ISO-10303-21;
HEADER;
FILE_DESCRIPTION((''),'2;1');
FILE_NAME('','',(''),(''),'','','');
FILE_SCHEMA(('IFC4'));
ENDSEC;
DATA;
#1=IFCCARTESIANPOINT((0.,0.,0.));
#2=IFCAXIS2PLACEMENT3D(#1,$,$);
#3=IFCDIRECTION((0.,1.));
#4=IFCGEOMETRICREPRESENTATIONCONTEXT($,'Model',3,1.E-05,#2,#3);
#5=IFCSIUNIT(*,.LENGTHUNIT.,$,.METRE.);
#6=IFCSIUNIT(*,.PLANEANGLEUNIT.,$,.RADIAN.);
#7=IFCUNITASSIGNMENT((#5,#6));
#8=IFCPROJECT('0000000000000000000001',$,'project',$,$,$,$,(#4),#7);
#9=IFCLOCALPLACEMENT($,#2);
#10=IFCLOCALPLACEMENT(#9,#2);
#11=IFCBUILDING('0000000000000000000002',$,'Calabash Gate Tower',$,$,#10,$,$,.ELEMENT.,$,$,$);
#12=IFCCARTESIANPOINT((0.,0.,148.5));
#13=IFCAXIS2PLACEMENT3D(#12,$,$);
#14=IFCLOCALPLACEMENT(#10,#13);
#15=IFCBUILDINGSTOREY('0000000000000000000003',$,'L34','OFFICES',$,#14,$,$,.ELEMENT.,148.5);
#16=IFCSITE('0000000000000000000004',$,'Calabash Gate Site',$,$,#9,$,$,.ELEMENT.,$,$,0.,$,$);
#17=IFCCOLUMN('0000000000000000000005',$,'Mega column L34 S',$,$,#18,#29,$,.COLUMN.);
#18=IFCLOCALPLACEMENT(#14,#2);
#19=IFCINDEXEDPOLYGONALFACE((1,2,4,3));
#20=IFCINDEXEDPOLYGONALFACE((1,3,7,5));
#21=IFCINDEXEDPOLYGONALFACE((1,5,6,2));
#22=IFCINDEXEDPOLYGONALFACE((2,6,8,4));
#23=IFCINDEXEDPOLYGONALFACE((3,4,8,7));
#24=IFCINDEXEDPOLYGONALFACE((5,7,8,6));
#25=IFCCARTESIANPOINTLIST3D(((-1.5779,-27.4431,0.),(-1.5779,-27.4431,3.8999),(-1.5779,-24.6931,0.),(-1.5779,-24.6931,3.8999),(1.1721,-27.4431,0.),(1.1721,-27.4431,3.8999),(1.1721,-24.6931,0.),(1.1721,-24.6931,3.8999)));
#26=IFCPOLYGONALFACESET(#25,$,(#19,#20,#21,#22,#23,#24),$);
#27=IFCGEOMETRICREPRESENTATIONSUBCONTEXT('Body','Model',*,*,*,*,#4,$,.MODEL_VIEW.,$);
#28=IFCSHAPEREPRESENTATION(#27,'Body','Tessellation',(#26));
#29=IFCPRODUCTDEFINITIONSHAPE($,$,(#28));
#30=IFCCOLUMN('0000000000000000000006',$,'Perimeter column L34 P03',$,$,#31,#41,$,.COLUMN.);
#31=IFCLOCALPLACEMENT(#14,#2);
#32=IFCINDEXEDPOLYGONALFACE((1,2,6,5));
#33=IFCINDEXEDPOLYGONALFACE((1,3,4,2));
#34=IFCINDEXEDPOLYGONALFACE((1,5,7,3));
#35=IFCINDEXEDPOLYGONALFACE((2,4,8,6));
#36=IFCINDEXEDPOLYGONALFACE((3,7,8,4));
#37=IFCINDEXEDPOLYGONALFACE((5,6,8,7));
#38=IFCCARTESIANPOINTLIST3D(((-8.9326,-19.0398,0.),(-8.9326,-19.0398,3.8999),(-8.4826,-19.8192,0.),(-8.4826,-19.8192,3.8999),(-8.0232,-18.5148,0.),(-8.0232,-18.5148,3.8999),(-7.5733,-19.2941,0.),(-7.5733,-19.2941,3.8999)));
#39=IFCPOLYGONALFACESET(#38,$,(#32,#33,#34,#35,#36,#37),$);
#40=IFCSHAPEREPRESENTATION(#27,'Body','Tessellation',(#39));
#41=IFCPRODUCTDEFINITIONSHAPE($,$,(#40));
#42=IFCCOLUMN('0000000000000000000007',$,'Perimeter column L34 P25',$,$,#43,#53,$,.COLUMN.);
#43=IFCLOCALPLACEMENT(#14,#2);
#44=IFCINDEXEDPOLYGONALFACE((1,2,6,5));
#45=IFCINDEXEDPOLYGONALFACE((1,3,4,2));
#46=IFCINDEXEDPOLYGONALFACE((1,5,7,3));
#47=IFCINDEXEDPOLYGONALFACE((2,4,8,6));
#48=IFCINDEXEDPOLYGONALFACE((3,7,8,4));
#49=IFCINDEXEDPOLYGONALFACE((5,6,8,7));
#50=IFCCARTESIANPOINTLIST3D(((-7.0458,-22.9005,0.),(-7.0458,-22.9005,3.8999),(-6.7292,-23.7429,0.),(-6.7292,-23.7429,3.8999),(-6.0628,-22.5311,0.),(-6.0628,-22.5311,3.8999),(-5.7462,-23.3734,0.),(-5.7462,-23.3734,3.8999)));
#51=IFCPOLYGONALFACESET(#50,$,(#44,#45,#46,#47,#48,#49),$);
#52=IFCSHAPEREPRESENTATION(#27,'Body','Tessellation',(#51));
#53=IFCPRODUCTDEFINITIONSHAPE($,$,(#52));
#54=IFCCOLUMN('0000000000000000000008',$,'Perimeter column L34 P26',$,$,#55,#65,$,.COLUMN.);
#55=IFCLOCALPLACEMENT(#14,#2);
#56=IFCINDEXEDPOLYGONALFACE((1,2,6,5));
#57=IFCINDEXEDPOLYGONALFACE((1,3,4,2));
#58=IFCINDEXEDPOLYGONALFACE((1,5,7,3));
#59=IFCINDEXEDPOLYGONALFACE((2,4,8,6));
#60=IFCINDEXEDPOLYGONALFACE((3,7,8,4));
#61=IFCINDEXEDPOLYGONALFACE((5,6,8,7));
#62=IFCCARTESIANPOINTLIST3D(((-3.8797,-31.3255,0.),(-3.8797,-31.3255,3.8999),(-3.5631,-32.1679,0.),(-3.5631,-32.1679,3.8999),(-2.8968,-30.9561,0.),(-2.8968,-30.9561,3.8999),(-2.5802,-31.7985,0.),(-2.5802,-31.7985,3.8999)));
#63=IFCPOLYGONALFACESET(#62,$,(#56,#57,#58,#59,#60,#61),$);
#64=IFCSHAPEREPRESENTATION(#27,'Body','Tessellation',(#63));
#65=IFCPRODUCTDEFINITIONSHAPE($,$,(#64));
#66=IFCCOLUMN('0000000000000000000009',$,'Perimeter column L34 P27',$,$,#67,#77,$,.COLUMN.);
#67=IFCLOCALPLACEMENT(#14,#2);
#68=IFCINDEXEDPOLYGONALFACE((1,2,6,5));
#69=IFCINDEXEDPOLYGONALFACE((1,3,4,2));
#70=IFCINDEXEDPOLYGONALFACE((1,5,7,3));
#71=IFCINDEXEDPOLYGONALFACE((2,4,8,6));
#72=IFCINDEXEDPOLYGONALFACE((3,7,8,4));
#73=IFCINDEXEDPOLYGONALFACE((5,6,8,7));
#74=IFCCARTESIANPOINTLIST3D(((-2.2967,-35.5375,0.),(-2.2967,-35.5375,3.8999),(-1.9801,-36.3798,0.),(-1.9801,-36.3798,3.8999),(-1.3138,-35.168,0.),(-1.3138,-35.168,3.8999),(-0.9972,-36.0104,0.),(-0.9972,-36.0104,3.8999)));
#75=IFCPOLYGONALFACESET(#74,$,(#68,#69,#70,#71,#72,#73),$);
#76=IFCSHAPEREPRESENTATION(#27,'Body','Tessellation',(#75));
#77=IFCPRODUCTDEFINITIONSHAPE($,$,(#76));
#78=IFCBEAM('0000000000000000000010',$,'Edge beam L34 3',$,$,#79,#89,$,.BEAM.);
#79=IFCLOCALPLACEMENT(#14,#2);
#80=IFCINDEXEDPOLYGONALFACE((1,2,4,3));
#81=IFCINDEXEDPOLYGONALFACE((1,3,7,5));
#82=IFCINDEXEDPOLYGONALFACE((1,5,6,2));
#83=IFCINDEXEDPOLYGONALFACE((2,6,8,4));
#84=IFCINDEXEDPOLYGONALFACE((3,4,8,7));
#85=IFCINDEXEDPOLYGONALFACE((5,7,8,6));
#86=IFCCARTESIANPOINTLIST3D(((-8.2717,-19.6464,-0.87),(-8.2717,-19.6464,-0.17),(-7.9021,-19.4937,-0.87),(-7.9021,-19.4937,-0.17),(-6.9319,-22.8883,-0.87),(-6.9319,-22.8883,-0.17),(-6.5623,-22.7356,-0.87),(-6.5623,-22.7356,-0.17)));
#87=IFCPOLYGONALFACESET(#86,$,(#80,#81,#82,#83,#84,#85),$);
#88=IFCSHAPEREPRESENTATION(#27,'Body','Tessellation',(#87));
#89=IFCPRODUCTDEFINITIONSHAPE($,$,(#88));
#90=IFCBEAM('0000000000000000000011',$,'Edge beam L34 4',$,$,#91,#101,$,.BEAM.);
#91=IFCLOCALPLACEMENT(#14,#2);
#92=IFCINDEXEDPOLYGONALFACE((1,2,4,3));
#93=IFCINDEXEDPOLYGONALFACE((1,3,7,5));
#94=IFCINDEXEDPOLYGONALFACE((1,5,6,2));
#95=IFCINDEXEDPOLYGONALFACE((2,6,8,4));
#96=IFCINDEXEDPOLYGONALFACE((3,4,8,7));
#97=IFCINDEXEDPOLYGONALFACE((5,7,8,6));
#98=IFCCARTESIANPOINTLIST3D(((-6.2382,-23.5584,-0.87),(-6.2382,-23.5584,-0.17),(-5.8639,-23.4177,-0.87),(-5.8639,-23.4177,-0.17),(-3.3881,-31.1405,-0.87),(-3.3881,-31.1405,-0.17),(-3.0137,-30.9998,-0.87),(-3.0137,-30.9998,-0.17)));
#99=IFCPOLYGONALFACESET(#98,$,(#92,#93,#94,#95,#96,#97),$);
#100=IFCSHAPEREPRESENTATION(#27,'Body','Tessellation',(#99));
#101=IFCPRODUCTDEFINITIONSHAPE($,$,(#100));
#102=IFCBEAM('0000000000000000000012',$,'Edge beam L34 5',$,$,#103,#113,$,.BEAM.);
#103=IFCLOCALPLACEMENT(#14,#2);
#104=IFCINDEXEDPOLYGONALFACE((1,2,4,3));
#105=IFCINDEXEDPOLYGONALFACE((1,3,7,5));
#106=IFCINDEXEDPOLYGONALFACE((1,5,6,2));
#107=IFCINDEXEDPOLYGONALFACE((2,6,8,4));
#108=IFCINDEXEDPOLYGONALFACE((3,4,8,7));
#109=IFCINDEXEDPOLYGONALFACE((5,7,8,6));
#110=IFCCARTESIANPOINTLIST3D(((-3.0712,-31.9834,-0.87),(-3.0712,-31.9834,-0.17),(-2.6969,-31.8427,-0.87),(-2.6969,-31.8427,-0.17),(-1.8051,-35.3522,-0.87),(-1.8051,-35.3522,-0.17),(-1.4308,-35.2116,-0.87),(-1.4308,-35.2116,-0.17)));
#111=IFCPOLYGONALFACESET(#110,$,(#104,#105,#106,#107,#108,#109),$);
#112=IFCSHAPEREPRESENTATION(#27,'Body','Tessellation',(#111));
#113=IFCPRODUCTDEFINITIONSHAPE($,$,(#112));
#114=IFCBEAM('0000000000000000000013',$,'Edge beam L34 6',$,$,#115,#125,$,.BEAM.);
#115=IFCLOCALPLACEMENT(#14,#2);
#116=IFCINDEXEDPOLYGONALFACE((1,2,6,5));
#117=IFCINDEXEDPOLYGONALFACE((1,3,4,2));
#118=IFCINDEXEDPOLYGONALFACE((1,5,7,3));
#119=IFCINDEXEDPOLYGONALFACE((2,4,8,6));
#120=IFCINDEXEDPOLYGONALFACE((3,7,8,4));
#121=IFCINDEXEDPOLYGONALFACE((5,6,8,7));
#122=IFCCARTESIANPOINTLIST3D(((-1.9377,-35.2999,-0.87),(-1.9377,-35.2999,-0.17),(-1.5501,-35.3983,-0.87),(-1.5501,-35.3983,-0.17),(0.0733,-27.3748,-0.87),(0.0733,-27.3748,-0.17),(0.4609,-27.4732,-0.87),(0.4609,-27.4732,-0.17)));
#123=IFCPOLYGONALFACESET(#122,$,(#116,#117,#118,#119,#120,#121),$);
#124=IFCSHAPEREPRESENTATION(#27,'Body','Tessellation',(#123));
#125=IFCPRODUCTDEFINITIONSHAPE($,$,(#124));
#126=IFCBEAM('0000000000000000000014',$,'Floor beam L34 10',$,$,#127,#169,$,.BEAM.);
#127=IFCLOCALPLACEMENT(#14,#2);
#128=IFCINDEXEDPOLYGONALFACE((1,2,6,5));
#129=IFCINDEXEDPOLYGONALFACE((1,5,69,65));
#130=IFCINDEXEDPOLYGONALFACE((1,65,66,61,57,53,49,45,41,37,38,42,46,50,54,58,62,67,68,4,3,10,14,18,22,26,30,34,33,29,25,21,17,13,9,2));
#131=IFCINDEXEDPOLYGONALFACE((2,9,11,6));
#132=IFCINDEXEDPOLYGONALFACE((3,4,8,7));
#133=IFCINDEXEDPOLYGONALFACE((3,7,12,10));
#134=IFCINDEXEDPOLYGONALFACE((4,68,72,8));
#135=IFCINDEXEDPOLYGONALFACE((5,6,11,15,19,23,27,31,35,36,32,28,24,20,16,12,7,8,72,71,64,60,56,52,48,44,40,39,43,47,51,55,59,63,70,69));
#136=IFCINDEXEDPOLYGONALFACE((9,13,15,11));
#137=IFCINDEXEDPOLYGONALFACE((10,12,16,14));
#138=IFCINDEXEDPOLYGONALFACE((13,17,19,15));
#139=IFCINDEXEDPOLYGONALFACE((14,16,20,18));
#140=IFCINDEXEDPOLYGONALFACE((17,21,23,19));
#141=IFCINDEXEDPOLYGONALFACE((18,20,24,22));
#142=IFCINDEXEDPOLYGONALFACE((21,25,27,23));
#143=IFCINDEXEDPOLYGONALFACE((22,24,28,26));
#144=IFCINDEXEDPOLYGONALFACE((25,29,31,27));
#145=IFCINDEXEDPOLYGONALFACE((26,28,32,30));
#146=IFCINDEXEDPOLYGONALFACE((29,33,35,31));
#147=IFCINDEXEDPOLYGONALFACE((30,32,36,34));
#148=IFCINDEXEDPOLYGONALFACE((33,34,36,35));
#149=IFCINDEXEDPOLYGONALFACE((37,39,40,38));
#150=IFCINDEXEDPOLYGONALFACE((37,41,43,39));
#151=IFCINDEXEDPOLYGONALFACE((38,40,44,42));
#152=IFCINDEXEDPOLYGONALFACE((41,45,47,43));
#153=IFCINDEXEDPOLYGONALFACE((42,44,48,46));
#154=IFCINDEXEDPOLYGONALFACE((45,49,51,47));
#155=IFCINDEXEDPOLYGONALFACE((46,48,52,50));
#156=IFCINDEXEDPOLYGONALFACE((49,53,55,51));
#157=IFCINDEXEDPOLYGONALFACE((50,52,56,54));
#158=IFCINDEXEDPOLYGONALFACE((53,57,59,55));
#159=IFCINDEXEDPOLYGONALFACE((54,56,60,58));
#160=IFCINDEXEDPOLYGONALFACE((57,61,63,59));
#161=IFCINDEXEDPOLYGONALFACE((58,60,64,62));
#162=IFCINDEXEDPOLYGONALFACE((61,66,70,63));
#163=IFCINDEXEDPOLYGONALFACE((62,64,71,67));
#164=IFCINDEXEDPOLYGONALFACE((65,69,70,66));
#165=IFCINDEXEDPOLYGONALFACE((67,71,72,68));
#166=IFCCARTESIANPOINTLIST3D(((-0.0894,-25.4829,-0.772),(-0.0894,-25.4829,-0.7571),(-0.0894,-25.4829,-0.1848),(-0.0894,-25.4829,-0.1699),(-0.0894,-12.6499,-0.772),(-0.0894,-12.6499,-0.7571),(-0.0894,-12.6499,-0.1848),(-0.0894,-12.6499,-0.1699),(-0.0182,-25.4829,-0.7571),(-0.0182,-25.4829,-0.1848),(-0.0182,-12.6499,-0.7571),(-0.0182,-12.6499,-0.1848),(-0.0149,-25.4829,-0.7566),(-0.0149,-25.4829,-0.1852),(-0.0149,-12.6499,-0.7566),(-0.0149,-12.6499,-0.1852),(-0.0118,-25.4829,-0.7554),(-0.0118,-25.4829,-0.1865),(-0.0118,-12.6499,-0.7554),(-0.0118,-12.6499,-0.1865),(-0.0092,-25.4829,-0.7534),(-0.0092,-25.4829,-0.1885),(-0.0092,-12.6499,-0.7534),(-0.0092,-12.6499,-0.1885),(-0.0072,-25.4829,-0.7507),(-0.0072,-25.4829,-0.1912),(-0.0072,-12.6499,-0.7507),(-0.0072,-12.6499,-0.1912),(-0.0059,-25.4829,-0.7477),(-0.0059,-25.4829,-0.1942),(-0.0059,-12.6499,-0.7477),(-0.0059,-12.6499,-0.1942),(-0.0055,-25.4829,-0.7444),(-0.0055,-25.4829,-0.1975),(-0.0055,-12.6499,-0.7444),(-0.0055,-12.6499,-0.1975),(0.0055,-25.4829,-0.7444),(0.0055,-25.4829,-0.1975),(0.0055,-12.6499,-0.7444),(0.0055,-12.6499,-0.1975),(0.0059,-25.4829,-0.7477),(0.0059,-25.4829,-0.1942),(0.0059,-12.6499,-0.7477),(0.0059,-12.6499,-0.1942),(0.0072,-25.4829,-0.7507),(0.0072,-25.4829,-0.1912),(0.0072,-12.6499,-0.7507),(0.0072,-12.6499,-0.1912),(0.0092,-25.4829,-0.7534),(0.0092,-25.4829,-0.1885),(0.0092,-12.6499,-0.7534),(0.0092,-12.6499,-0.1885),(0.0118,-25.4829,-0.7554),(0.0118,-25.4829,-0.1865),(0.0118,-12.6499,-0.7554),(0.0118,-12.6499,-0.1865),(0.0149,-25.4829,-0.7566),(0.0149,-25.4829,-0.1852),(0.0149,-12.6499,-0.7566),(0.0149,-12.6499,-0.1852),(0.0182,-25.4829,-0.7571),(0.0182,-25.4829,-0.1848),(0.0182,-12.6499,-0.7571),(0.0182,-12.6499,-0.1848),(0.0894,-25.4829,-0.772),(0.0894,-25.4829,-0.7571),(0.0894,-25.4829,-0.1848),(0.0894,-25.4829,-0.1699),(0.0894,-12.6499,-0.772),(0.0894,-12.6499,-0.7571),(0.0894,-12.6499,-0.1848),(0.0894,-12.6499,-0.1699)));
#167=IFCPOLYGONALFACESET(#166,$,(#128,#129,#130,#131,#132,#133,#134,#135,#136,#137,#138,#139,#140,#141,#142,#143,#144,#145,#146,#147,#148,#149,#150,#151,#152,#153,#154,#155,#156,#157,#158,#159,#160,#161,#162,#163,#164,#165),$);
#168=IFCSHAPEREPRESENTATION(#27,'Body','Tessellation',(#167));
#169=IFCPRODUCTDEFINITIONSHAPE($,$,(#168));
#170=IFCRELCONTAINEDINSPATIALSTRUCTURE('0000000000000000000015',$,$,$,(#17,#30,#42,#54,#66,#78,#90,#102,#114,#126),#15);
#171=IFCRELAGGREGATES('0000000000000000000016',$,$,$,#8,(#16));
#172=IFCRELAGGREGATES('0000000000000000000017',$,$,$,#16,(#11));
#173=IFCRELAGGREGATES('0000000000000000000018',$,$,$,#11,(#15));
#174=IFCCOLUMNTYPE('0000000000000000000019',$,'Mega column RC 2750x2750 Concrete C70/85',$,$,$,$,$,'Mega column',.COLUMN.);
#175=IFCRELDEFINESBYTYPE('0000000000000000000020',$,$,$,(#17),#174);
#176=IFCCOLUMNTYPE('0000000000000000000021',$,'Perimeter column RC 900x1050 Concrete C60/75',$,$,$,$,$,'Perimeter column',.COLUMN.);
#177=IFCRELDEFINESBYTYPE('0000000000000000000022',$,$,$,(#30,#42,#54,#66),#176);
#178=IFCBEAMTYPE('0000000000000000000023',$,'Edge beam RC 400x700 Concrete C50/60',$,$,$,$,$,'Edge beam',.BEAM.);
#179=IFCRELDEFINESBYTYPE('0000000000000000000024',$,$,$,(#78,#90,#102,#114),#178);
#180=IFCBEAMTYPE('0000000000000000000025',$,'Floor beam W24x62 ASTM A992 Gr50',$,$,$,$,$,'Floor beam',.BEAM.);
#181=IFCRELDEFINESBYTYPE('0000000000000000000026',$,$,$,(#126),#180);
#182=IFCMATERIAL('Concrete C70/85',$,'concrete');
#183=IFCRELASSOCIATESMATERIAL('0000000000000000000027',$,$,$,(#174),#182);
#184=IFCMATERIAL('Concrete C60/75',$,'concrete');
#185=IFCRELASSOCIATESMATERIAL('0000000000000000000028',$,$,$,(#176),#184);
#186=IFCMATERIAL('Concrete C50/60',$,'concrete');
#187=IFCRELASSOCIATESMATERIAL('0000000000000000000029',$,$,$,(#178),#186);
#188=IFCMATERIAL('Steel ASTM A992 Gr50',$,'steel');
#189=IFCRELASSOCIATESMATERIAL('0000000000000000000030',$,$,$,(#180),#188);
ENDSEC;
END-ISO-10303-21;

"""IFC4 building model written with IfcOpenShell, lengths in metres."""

from ifc_helpers import new_model, si_unit, direction, frame, origin, origin_2d, place, context, subcontext, project, spatial, rectangle, i_section, extrude, material, material_profile, profile_set, type_object, element, save


model = new_model("IFC4")

# Units and contexts
model_context = context("Model", 3, precision=1e-05, world=origin(), true_north=direction((0.0, 1.0)))
body_context = subcontext(model_context, "Body", "Model", "MODEL_VIEW")
ifc_project = project(units=[si_unit("LENGTHUNIT", "METRE"), si_unit("PLANEANGLEUNIT", "RADIAN")], contexts=[model_context])

# Site, building, storey
site_placement = place(None, origin())
site = spatial("IfcSite", under=ifc_project, at=site_placement, Name="Calabash Gate Site", CompositionType="ELEMENT", RefElevation=0.0)
building_placement = place(site_placement, origin())
building = spatial("IfcBuilding", under=site, at=building_placement, Name="Calabash Gate Tower", CompositionType="ELEMENT")
storey_placement = place(building_placement, frame((0.0, 0.0, 148.5)))
storey = spatial("IfcBuildingStorey", under=building, at=storey_placement, Name="L34", Description="OFFICES", CompositionType="ELEMENT", Elevation=148.5)

# Columns
ifc_material_1 = material(Name="Concrete C70/85", Category="concrete")
ifc_material_profile_1 = material_profile(ifc_material_1, rectangle(XDim=2.75, YDim=2.75, at=origin_2d()))
ifc_profile_set_1 = profile_set([ifc_material_profile_1], Name="Concrete C70/85")
column_type_1 = type_object("IfcColumnType", Name="Mega column RC 2750x2750 Concrete C70/85", ElementType="Mega column", PredefinedType="COLUMN", material=ifc_profile_set_1)
column_placement = place(storey_placement, frame((-0.2029, -26.0681, 0.0), z_axis=(0.0, 0.0, 1.0), x_axis=(0.0, 1.0, 0.0)))
element("IfcColumn", 1, at=column_placement, inside=storey, type_object=column_type_1, Name="Mega column L34 S", PredefinedType="COLUMN", context=body_context, shape_type="SweptSolid", body=[
    extrude(rectangle(XDim=2.75, YDim=2.75, at=origin_2d()), origin(), (0.0, 0.0, 1.0), 3.8999),
])
ifc_material_2 = material(Name="Concrete C60/75", Category="concrete")
ifc_material_profile_2 = material_profile(ifc_material_2, rectangle(XDim=0.8999, YDim=1.05, at=origin_2d()))
ifc_profile_set_2 = profile_set([ifc_material_profile_2], Name="Concrete C60/75")
column_type_2 = type_object("IfcColumnType", Name="Perimeter column RC 900x1050 Concrete C60/75", ElementType="Perimeter column", PredefinedType="COLUMN", material=ifc_profile_set_2)
for number, where, z_axis, x_axis, name in (
    (2, (-8.2529, -19.167, 0.0), (0.0, 0.0, 1.0), (0.5, -0.866025, 0.0), "Perimeter column L34 P03"),
    (3, (-6.396, -23.137, 0.0), (0.0, 0.0, 1.0), (0.351822, -0.936067, 0.0), "Perimeter column L34 P25"),
    (4, (-3.23, -31.562, 0.0), (0.0, 0.0, 1.0), (0.351822, -0.936067, 0.0), "Perimeter column L34 P26"),
    (5, (-1.647, -35.7739, 0.0), (0.0, 0.0, 1.0), (0.351822, -0.936067, 0.0), "Perimeter column L34 P27"),
):
    element("IfcColumn", number, at=place(storey_placement, frame(where, z_axis=z_axis, x_axis=x_axis)), inside=storey, type_object=column_type_2, Name=name, PredefinedType="COLUMN", context=body_context, shape_type="SweptSolid", body=[
        extrude(rectangle(XDim=0.8999, YDim=1.05, at=origin_2d()), origin(), (0.0, 0.0, 1.0), 3.8999),
    ])

# Beams
ifc_material_3 = material(Name="Concrete C50/60", Category="concrete")
ifc_material_profile_3 = material_profile(ifc_material_3, rectangle(XDim=0.3999, YDim=0.7, at=origin_2d()))
ifc_profile_set_3 = profile_set([ifc_material_profile_3], Name="Concrete C50/60")
beam_type_1 = type_object("IfcBeamType", Name="Edge beam RC 400x700 Concrete C50/60", ElementType="Edge beam", PredefinedType="BEAM", material=ifc_profile_set_3)
beam_1_placement = place(storey_placement, frame((-8.0869, -19.5701, -0.52), z_axis=(0.38195, -0.924183, 0.0), x_axis=(0.924183, 0.38195, 0.0)))
element("IfcBeam", 6, at=beam_1_placement, inside=storey, type_object=beam_type_1, Name="Edge beam L34 3", PredefinedType="BEAM", context=body_context, shape_type="SweptSolid", body=[
    extrude(rectangle(XDim=0.3999, YDim=0.7, at=origin_2d()), origin(), (0.0, 0.0, 1.0), 3.5078),
])
beam_2_placement = place(storey_placement, frame((-6.051, -23.488, -0.52), z_axis=(0.351863, -0.936051, 0.0), x_axis=(0.936051, 0.351863, 0.0)))
element("IfcBeam", 7, at=beam_2_placement, inside=storey, type_object=beam_type_1, Name="Edge beam L34 4", PredefinedType="BEAM", context=body_context, shape_type="SweptSolid", body=[
    extrude(rectangle(XDim=0.3999, YDim=0.7, at=origin_2d()), origin(), (0.0, 0.0, 1.0), 8.1001),
])
beam_3_placement = place(storey_placement, frame((-2.884, -31.9131, -0.52), z_axis=(0.3518, -0.936075, 0.0), x_axis=(0.936075, 0.3518, 0.0)))
element("IfcBeam", 8, at=beam_3_placement, inside=storey, type_object=beam_type_1, Name="Edge beam L34 5", PredefinedType="BEAM", context=body_context, shape_type="SweptSolid", body=[
    extrude(rectangle(XDim=0.3999, YDim=0.7, at=origin_2d()), origin(), (0.0, 0.0, 1.0), 3.5989),
])
beam_4_placement = place(storey_placement, frame((-1.7439, -35.3491, -0.52), z_axis=(0.245956, 0.969281, 0.0), x_axis=(-0.969281, 0.245956, 0.0)))
element("IfcBeam", 9, at=beam_4_placement, inside=storey, type_object=beam_type_1, Name="Edge beam L34 6", PredefinedType="BEAM", context=body_context, shape_type="SweptSolid", body=[
    extrude(rectangle(XDim=0.3999, YDim=0.7, at=origin_2d()), origin(), (0.0, 0.0, 1.0), 8.1763),
])
ifc_material_4 = material(Name="Steel ASTM A992 Gr50", Category="steel")
ifc_material_profile_4 = material_profile(ifc_material_4, i_section(OverallWidth=0.1787, OverallDepth=0.6021, WebThickness=0.011, FlangeThickness=0.0149, FilletRadius=0.0127, at=origin_2d()))
ifc_profile_set_4 = profile_set([ifc_material_profile_4], Name="Steel ASTM A992 Gr50")
beam_type_2 = type_object("IfcBeamType", Name="Floor beam W24x62 ASTM A992 Gr50", ElementType="Floor beam", PredefinedType="BEAM", material=ifc_profile_set_4)
beam_5_placement = place(storey_placement, frame((0.0, -25.4829, -0.4709), z_axis=(0.0, 1.0, 0.0), x_axis=(-1.0, 0.0, 0.0)))
element("IfcBeam", 10, at=beam_5_placement, inside=storey, type_object=beam_type_2, Name="Floor beam L34 10", PredefinedType="BEAM", context=body_context, shape_type="SweptSolid", body=[
    extrude(i_section(OverallWidth=0.1787, OverallDepth=0.6021, WebThickness=0.011, FlangeThickness=0.0149, FilletRadius=0.0127, at=origin_2d()), origin(), (0.0, 0.0, 1.0), 12.833),
])

save(model, "model.ifc")
